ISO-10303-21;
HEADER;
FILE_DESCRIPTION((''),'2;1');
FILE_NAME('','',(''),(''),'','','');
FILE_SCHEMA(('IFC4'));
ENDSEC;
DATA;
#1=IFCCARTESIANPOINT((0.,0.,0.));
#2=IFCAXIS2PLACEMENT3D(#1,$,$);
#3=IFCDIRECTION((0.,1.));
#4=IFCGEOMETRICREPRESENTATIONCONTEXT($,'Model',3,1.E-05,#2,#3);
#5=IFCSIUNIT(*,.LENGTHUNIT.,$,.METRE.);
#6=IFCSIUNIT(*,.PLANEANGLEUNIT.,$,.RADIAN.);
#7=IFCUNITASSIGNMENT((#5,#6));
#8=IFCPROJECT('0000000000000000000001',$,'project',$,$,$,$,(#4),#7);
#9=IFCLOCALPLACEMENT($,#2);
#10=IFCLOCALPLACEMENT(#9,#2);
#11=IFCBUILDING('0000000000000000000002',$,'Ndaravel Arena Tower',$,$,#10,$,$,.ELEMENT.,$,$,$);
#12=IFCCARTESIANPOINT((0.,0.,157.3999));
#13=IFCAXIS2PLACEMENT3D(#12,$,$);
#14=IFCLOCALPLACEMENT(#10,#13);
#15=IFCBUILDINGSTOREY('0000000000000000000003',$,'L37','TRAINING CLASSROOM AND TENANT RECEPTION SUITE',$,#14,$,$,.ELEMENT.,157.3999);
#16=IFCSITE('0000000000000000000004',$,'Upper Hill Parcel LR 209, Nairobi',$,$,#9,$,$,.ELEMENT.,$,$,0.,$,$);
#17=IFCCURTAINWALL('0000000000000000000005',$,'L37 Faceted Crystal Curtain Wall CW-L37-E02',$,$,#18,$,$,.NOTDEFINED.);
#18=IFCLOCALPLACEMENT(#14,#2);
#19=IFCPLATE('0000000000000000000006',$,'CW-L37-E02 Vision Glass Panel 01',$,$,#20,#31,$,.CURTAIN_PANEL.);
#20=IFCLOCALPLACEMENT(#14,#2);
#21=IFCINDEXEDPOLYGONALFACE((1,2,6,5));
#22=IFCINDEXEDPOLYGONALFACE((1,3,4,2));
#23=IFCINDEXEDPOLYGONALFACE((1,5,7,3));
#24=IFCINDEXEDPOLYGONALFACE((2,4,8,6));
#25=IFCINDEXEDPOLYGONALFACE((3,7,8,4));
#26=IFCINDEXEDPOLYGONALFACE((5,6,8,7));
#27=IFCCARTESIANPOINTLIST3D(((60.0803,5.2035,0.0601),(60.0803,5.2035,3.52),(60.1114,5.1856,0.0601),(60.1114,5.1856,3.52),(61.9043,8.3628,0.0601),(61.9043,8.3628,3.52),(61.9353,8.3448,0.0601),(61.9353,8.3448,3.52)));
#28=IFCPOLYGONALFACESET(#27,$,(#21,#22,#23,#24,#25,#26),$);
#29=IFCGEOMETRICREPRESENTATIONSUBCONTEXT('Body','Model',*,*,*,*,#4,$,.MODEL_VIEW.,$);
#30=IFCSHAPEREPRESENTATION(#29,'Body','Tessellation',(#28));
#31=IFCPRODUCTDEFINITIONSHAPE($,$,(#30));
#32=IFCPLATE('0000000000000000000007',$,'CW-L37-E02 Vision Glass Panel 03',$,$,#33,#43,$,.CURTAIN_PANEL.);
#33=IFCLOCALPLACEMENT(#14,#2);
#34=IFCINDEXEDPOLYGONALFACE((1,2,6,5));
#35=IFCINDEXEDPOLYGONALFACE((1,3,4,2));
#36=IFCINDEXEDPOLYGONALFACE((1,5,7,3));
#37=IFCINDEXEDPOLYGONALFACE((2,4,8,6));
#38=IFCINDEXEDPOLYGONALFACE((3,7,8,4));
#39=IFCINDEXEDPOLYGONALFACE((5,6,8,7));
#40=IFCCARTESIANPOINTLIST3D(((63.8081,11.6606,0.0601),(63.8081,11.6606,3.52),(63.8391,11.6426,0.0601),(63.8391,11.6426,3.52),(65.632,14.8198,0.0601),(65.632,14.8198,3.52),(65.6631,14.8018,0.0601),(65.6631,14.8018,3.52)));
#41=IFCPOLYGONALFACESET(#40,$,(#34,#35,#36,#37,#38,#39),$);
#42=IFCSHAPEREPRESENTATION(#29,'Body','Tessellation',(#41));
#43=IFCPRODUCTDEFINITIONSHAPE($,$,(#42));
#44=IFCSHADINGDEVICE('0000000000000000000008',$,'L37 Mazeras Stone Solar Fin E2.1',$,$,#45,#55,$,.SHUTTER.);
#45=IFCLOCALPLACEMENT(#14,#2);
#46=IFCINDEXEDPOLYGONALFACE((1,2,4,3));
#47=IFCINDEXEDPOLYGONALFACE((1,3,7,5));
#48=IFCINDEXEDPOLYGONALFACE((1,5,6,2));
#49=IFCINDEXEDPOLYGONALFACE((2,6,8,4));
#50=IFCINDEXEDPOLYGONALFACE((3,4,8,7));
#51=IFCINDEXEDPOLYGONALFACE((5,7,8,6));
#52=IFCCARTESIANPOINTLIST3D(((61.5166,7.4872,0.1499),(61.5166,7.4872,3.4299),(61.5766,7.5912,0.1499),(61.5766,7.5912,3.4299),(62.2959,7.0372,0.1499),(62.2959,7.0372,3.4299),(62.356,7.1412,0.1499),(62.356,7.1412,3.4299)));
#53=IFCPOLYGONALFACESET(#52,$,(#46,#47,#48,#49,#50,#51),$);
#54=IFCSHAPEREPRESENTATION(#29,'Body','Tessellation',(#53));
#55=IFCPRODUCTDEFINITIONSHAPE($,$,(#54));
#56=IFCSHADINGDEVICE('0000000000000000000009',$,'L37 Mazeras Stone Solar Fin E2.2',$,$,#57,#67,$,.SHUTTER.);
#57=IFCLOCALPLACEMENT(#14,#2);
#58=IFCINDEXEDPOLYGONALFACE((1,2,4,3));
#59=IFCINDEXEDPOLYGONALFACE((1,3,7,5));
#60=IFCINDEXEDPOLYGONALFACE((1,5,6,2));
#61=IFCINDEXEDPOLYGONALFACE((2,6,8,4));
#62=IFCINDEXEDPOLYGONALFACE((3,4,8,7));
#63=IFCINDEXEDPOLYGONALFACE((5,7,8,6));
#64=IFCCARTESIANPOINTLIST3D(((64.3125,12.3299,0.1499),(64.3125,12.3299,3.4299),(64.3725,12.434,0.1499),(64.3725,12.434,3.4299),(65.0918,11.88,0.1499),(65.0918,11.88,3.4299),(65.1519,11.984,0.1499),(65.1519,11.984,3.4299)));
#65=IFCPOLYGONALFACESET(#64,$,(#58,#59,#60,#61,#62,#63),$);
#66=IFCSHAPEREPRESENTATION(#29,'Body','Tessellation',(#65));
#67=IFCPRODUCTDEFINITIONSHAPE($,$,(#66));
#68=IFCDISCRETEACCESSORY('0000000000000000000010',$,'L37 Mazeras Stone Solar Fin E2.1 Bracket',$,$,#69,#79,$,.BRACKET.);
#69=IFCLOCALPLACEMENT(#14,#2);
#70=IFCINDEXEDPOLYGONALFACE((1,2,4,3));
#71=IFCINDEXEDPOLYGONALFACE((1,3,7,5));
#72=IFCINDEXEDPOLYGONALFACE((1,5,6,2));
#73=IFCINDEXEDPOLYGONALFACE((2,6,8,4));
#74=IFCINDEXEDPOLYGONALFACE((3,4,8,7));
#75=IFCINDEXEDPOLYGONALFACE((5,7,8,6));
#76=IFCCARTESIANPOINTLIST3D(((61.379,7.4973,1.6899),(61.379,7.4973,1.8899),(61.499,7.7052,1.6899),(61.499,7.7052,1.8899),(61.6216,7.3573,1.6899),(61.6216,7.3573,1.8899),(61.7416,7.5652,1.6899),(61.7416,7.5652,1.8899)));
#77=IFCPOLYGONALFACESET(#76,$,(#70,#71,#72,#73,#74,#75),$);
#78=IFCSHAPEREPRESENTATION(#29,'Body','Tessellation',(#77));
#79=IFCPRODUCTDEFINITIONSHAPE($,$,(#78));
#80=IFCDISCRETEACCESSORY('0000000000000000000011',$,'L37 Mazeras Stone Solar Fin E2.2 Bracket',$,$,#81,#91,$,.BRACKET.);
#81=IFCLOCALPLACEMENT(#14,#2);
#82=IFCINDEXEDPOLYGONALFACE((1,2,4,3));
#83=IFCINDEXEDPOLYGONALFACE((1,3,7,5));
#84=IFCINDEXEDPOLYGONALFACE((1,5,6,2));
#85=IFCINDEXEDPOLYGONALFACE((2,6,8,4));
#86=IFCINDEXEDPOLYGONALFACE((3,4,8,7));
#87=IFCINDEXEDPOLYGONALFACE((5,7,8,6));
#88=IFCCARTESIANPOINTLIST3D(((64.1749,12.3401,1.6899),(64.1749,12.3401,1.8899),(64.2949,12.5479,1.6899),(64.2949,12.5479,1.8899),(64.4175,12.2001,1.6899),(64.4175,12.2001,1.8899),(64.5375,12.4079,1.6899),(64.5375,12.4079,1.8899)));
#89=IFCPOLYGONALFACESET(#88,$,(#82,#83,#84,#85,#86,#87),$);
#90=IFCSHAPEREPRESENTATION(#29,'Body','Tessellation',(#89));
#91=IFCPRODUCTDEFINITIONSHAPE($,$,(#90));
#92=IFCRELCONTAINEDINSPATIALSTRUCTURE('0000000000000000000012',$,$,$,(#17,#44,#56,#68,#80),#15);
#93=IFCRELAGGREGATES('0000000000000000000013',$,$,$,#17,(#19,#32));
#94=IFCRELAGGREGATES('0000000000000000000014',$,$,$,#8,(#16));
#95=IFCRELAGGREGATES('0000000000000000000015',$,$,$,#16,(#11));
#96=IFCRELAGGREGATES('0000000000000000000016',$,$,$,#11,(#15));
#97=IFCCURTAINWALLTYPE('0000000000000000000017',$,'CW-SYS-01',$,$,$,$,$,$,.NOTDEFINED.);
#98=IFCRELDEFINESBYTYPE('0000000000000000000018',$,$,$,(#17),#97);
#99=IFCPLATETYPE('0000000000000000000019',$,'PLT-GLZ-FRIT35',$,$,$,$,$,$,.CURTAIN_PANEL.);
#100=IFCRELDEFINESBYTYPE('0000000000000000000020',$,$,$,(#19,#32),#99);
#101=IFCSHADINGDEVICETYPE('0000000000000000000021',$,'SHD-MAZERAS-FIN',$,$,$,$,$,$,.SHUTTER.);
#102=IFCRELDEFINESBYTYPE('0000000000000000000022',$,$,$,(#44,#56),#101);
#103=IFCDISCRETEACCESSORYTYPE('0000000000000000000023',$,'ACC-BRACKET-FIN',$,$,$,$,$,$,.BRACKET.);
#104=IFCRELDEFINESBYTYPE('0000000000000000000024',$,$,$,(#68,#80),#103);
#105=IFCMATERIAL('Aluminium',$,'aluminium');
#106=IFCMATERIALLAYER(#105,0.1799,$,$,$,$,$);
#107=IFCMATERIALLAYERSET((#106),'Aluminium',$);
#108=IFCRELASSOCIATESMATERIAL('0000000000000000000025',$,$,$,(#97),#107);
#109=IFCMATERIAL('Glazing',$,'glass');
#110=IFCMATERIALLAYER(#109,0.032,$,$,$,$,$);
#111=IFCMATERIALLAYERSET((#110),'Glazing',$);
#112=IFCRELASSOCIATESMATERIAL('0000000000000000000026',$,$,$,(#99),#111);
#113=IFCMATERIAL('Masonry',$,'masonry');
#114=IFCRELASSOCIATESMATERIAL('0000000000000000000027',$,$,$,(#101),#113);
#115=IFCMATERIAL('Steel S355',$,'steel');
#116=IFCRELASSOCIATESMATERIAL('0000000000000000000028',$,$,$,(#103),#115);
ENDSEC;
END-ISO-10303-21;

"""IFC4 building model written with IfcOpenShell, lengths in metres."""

from ifc_helpers import new_model, si_unit, direction, frame, origin, origin_2d, place, context, subcontext, project, spatial, rectangle, extrude, material, layer, layer_set, type_object, element, aggregate, save


model = new_model("IFC4")

# Units and contexts
model_context = context("Model", 3, precision=1e-05, world=origin(), true_north=direction((0.0, 1.0)))
body_context = subcontext(model_context, "Body", "Model", "MODEL_VIEW")
ifc_project = project(units=[si_unit("LENGTHUNIT", "METRE"), si_unit("PLANEANGLEUNIT", "RADIAN")], contexts=[model_context])

# Site, building, storey
site_placement = place(None, origin())
site = spatial("IfcSite", under=ifc_project, at=site_placement, Name="Upper Hill Parcel LR 209, Nairobi", CompositionType="ELEMENT", RefElevation=0.0)
building_placement = place(site_placement, origin())
building = spatial("IfcBuilding", under=site, at=building_placement, Name="Ndaravel Arena Tower", CompositionType="ELEMENT")
storey_placement = place(building_placement, frame((0.0, 0.0, 157.3999)))
storey = spatial("IfcBuildingStorey", under=building, at=storey_placement, Name="L37", Description="TRAINING CLASSROOM AND TENANT RECEPTION SUITE", CompositionType="ELEMENT", Elevation=157.3999)

# Curtain wall, plates
ifc_material_1 = material(Name="Aluminium", Category="aluminium")
ifc_layer_1 = layer(ifc_material_1, 0.1799)
ifc_layer_set_1 = layer_set([ifc_layer_1], Name="Aluminium")
curtain_wall_type = type_object("IfcCurtainWallType", Name="CW-SYS-01", PredefinedType="NOTDEFINED", material=ifc_layer_set_1)
curtain_wall_placement = place(storey_placement, origin())
curtain_wall = element("IfcCurtainWall", 1, at=curtain_wall_placement, inside=storey, type_object=curtain_wall_type, Name="L37 Faceted Crystal Curtain Wall CW-L37-E02", PredefinedType="NOTDEFINED")
ifc_material_2 = material(Name="Glazing", Category="glass")
ifc_layer_2 = layer(ifc_material_2, 0.032)
ifc_layer_set_2 = layer_set([ifc_layer_2], Name="Glazing")
plate_type_1 = type_object("IfcPlateType", Name="PLT-GLZ-FRIT35", PredefinedType="CURTAIN_PANEL", material=ifc_layer_set_2)
plate_1_placement = place(storey_placement, frame((61.0078, 6.7742, 0.0601), z_axis=(0.0, 0.0, 1.0), x_axis=(0.5, 0.866025, 0.0)))
plate_1 = element("IfcPlate", 2, at=plate_1_placement, type_object=plate_type_1, Name="CW-L37-E02 Vision Glass Panel 01", PredefinedType="CURTAIN_PANEL", context=body_context, shape_type="SweptSolid", body=[
    extrude(rectangle(XDim=3.6479, YDim=0.0359, at=origin_2d()), origin(), (0.0, 0.0, 1.0), 3.46),
])
plate_2_placement = place(storey_placement, frame((64.7356, 13.2312, 0.0601), z_axis=(0.0, 0.0, 1.0), x_axis=(0.5, 0.866025, 0.0)))
plate_2 = element("IfcPlate", 3, at=plate_2_placement, type_object=plate_type_1, Name="CW-L37-E02 Vision Glass Panel 03", PredefinedType="CURTAIN_PANEL", context=body_context, shape_type="SweptSolid", body=[
    extrude(rectangle(XDim=3.6479, YDim=0.0359, at=origin_2d()), origin(), (0.0, 0.0, 1.0), 3.46),
])
aggregate(curtain_wall, [plate_1, plate_2])

# Shading devices
ifc_material_3 = material(Name="Masonry", Category="masonry")
shading_device_type = type_object("IfcShadingDeviceType", Name="SHD-MAZERAS-FIN", PredefinedType="SHUTTER", material=ifc_material_3)
for number, where, z_axis, x_axis, name in (
    (4, (61.9363, 7.3142, 0.1499), (0.0, 0.0, 1.0), (0.866025, -0.5, 0.0), "L37 Mazeras Stone Solar Fin E2.1"),
    (5, (64.7322, 12.157, 0.1499), (0.0, 0.0, 1.0), (0.866025, -0.5, 0.0), "L37 Mazeras Stone Solar Fin E2.2"),
):
    element("IfcShadingDevice", number, at=place(storey_placement, frame(where, z_axis=z_axis, x_axis=x_axis)), inside=storey, type_object=shading_device_type, Name=name, PredefinedType="SHUTTER", context=body_context, shape_type="SweptSolid", body=[
        extrude(rectangle(XDim=0.8999, YDim=0.1201, at=origin_2d()), origin(), (0.0, 0.0, 1.0), 3.28),
    ])

# Discrete accessories
ifc_material_4 = material(Name="Steel S355", Category="steel")
discrete_accessory_type = type_object("IfcDiscreteAccessoryType", Name="ACC-BRACKET-FIN", PredefinedType="BRACKET", material=ifc_material_4)
for number, where, z_axis, x_axis, name in (
    (6, (61.5603, 7.5312, 1.6899), (0.0, 0.0, 1.0), (0.866025, -0.5, 0.0), "L37 Mazeras Stone Solar Fin E2.1 Bracket"),
    (7, (64.3562, 12.374, 1.6899), (0.0, 0.0, 1.0), (0.866025, -0.5, 0.0), "L37 Mazeras Stone Solar Fin E2.2 Bracket"),
):
    element("IfcDiscreteAccessory", number, at=place(storey_placement, frame(where, z_axis=z_axis, x_axis=x_axis)), inside=storey, type_object=discrete_accessory_type, Name=name, PredefinedType="BRACKET", context=body_context, shape_type="SweptSolid", body=[
        extrude(rectangle(XDim=0.28, YDim=0.24, at=origin_2d()), origin(), (0.0, 0.0, 1.0), 0.2),
    ])

save(model, "model.ifc")
